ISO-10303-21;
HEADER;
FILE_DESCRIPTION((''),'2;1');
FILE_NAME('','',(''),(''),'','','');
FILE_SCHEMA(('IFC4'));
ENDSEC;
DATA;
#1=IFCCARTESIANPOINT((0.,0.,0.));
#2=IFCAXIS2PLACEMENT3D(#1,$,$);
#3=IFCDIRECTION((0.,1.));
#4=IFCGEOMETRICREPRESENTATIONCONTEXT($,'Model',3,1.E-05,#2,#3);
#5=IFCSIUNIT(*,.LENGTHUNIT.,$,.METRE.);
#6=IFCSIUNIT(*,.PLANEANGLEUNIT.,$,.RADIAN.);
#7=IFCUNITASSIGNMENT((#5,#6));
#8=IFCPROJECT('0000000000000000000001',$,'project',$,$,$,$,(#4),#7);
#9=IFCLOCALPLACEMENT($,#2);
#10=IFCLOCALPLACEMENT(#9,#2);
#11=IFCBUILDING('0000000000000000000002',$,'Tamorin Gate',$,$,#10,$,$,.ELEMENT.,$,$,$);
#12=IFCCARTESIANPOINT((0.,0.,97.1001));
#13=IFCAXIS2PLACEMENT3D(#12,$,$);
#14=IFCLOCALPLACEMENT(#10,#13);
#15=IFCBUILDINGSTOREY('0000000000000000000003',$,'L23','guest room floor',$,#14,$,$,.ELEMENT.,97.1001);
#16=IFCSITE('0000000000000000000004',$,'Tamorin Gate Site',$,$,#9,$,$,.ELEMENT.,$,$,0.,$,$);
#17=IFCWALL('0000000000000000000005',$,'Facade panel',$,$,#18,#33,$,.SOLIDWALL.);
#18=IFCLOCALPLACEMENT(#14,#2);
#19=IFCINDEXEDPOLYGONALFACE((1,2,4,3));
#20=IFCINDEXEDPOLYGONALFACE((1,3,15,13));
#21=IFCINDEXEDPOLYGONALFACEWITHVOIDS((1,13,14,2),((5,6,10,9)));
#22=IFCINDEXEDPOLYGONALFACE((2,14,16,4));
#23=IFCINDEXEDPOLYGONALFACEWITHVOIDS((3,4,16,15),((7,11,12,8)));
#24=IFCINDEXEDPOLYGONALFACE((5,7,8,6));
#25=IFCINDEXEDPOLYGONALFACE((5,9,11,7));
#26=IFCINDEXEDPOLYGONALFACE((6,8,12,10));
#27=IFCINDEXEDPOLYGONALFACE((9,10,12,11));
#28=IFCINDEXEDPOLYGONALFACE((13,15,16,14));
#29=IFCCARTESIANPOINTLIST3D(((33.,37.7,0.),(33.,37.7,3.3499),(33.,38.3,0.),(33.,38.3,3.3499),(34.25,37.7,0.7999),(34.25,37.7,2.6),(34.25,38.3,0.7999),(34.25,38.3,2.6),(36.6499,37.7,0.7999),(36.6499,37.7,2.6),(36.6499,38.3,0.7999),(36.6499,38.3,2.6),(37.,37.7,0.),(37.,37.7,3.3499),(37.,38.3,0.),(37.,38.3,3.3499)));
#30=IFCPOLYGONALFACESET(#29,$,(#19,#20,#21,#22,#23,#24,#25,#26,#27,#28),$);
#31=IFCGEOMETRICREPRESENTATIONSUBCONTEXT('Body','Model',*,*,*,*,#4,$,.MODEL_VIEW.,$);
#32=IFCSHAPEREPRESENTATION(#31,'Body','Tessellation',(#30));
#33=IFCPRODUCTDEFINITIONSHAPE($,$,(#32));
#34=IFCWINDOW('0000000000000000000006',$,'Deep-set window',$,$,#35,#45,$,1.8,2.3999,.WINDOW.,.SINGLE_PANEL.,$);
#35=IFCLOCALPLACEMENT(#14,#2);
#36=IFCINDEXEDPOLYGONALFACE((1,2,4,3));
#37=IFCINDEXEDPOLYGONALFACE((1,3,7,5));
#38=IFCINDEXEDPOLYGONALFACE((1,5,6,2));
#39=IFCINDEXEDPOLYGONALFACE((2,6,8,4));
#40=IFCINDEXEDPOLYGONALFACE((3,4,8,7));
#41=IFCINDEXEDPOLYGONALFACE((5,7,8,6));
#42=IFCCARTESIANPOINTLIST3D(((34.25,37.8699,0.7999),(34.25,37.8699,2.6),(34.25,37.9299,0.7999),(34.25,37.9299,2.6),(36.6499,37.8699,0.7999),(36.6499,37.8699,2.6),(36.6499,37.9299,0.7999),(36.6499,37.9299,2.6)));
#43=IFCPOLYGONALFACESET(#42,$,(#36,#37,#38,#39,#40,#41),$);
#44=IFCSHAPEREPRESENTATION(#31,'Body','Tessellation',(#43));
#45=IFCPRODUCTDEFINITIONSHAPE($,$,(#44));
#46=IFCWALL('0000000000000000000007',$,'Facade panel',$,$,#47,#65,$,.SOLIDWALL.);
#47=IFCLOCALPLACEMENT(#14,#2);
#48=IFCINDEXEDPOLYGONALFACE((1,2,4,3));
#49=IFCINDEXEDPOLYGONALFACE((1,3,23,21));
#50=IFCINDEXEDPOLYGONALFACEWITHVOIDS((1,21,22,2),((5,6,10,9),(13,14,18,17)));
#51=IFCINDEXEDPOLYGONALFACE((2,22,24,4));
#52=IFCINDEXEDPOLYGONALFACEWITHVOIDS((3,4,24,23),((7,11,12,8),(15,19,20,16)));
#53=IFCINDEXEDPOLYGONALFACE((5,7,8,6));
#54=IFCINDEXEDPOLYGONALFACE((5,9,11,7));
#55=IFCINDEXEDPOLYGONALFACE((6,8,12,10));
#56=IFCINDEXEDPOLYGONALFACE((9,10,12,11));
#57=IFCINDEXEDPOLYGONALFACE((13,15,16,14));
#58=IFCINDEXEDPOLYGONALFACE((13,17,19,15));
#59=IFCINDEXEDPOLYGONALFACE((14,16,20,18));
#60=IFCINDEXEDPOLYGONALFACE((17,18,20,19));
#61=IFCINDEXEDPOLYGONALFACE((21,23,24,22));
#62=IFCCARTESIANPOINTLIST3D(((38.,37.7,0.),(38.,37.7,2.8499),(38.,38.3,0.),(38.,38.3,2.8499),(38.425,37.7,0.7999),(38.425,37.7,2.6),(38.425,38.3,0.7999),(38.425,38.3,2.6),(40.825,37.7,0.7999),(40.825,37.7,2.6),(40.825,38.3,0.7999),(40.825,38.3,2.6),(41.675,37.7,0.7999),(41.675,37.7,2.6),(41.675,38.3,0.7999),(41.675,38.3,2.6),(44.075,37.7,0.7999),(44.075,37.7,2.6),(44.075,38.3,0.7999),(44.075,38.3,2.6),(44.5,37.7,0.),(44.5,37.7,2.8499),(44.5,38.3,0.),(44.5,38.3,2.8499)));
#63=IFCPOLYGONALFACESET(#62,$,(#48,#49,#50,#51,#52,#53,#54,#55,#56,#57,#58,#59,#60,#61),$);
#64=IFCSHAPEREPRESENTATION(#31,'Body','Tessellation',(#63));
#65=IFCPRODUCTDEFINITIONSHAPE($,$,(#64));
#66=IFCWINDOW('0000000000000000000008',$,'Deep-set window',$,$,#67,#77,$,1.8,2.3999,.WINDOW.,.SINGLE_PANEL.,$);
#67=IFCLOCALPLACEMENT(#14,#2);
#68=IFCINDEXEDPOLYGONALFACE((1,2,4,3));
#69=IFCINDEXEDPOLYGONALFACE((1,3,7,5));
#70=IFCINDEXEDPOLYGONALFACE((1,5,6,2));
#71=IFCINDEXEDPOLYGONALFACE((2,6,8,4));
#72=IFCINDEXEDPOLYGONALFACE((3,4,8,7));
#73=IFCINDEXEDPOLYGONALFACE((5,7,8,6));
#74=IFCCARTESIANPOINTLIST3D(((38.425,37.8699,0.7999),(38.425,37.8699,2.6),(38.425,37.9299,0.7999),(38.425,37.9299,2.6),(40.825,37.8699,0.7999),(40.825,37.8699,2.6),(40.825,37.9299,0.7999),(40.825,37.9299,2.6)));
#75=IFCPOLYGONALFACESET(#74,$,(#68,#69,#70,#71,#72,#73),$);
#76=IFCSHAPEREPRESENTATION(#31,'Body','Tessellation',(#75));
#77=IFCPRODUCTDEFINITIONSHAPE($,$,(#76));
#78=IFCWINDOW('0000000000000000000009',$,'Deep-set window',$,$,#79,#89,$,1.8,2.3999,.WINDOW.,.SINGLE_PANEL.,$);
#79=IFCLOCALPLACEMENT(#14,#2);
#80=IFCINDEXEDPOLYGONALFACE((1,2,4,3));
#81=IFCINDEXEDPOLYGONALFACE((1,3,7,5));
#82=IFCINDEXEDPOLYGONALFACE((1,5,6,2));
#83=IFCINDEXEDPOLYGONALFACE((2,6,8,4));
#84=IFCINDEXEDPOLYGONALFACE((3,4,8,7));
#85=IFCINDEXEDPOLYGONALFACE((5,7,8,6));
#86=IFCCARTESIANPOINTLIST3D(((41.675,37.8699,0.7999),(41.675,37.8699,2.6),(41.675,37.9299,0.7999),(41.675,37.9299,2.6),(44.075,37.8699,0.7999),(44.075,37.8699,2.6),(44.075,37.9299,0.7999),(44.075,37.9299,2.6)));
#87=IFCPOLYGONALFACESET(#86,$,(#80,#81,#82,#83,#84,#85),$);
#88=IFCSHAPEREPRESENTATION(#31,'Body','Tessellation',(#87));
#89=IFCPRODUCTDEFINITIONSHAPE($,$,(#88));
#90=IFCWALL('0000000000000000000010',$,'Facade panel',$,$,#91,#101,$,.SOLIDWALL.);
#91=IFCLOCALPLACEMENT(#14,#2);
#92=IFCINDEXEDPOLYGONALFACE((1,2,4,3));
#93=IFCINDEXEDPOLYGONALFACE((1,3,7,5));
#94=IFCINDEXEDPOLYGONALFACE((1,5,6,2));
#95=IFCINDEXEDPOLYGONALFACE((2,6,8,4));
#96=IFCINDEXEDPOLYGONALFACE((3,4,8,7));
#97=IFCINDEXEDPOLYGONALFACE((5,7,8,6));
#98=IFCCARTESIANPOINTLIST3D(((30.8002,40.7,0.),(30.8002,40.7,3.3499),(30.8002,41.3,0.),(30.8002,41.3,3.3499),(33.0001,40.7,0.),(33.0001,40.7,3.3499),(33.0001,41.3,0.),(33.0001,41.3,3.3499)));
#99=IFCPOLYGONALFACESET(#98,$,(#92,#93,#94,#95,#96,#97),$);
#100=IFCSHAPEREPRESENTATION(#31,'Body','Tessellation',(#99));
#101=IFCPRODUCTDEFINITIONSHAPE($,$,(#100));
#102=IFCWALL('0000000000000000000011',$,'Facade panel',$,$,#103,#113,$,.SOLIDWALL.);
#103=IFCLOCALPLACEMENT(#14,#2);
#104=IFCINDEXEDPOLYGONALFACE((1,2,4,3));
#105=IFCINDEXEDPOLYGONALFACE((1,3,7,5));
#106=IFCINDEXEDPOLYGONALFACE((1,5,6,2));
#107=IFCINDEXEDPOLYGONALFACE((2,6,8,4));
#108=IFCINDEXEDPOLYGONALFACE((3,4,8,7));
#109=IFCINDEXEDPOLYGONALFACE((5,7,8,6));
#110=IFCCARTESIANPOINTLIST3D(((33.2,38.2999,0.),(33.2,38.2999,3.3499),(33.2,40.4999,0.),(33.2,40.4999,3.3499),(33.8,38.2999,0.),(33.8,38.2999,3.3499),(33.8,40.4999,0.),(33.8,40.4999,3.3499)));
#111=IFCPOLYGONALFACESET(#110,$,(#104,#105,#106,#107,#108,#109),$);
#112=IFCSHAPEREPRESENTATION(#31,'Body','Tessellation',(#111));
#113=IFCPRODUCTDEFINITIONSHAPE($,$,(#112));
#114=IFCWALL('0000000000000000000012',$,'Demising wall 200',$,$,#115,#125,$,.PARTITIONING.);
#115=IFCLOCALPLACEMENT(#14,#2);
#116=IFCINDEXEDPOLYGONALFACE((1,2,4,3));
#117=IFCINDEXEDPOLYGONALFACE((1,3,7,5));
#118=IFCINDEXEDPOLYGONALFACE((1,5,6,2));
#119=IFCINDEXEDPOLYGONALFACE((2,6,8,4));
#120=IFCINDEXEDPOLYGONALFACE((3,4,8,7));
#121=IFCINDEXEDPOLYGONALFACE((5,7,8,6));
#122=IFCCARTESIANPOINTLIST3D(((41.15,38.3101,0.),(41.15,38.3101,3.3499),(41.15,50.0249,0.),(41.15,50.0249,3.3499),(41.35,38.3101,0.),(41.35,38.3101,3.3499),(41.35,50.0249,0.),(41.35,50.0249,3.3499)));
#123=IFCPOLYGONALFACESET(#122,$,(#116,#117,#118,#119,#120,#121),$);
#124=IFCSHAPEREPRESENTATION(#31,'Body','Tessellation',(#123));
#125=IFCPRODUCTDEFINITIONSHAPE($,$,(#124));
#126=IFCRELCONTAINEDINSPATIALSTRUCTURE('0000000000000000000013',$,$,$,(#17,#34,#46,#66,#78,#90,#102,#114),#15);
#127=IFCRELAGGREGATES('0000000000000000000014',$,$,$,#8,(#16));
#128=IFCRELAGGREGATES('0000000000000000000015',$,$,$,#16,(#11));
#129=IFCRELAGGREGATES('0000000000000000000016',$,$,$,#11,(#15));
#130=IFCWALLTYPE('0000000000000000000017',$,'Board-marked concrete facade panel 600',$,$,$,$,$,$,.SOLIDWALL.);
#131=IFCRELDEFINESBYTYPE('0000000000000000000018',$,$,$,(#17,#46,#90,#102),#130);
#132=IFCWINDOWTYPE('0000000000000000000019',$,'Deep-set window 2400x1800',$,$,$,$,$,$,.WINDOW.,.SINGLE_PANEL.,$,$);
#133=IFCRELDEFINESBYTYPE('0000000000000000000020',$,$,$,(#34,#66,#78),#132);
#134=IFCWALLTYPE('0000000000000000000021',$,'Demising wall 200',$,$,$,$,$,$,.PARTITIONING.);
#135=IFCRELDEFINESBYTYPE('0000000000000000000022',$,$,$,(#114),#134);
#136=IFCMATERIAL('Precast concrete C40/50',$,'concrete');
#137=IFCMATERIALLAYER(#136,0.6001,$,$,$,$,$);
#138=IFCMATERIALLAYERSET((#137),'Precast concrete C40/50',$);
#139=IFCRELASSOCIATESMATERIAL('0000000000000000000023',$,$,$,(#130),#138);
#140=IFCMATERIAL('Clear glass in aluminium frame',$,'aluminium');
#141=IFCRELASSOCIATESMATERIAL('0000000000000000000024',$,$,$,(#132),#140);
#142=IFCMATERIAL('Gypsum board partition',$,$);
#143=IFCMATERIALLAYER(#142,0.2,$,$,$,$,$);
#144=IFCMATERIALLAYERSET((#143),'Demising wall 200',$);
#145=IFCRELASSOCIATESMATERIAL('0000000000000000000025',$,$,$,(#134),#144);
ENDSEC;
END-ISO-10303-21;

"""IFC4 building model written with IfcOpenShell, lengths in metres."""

from ifc_helpers import new_model, si_unit, direction, frame, frame_2d, origin, place, context, subcontext, project, spatial, rectangle, extrude, material, layer, layer_set, type_object, element, fill, save


model = new_model("IFC4")

# Units and contexts
model_context = context("Model", 3, precision=1e-05, world=origin(), true_north=direction((0.0, 1.0)))
body_context = subcontext(model_context, "Body", "Model", "MODEL_VIEW")
ifc_project = project(units=[si_unit("LENGTHUNIT", "METRE"), si_unit("PLANEANGLEUNIT", "RADIAN")], contexts=[model_context])

# Site, building, storey
site_placement = place(None, origin())
site = spatial("IfcSite", under=ifc_project, at=site_placement, Name="Tamorin Gate Site", CompositionType="ELEMENT", RefElevation=0.0)
building_placement = place(site_placement, origin())
building = spatial("IfcBuilding", under=site, at=building_placement, Name="Tamorin Gate", CompositionType="ELEMENT")
storey_placement = place(building_placement, frame((0.0, 0.0, 97.1001)))
storey = spatial("IfcBuildingStorey", under=building, at=storey_placement, Name="L23", Description="guest room floor", CompositionType="ELEMENT", Elevation=97.1001)

# Wall, opening, window
ifc_material_1 = material(Name="Precast concrete C40/50", Category="concrete")
ifc_layer_1 = layer(ifc_material_1, 0.6001)
ifc_layer_set_1 = layer_set([ifc_layer_1], Name="Precast concrete C40/50")
wall_type_1 = type_object("IfcWallType", Name="Board-marked concrete facade panel 600", PredefinedType="SOLIDWALL", material=ifc_layer_set_1)
wall_1_placement = place(storey_placement, frame((33.0, 38.0, 0.0), z_axis=(0.0, 0.0, 1.0), x_axis=(1.0, 0.0, 0.0)))
wall_1 = element("IfcWall", 1, at=wall_1_placement, inside=storey, type_object=wall_type_1, Name="Facade panel", PredefinedType="SOLIDWALL", context=body_context, shape_type="SweptSolid", body=[
    extrude(rectangle(XDim=4.0, YDim=0.6001, at=frame_2d((2.0, 0.0))), origin(), (0.0, 0.0, 1.0), 3.3499),
])
opening_1_placement = place(wall_1_placement, frame((1.25, 0.0, 0.8)))
opening_1 = element("IfcOpeningElement", 2, at=opening_1_placement, cuts=wall_1, PredefinedType="OPENING", context=body_context, shape_type="SweptSolid", body=[
    extrude(rectangle(XDim=2.3999, YDim=1.8, at=frame_2d((1.2, 0.8999))), frame((0.0, 0.3101, 0.0), z_axis=(0.0, -1.0, 0.0), x_axis=(1.0, 0.0, 0.0)), (0.0, 0.0, 1.0), 0.6201),
])
ifc_material_2 = material(Name="Clear glass in aluminium frame", Category="aluminium")
window_type = type_object("IfcWindowType", Name="Deep-set window 2400x1800", PartitioningType="SINGLE_PANEL", PredefinedType="WINDOW", material=ifc_material_2)
window_1_placement = place(opening_1_placement, origin())
window_1 = element("IfcWindow", 3, at=window_1_placement, inside=storey, type_object=window_type, Name="Deep-set window", OverallHeight=1.8, OverallWidth=2.3999, PartitioningType="SINGLE_PANEL", PredefinedType="WINDOW", context=body_context, shape_type="SweptSolid", body=[
    extrude(rectangle(XDim=2.3999, YDim=1.8, at=frame_2d((1.2, 0.8999))), frame((0.0, -0.0701, 0.0), z_axis=(0.0, -1.0, 0.0), x_axis=(1.0, 0.0, 0.0)), (0.0, 0.0, 1.0), 0.0601),
])
fill(opening_1, window_1)

# Wall, openings, windows
wall_2_placement = place(storey_placement, frame((38.0, 38.0, 0.0), z_axis=(0.0, 0.0, 1.0), x_axis=(1.0, 0.0, 0.0)))
wall_2 = element("IfcWall", 4, at=wall_2_placement, inside=storey, type_object=wall_type_1, Name="Facade panel", PredefinedType="SOLIDWALL", context=body_context, shape_type="SweptSolid", body=[
    extrude(rectangle(XDim=6.5, YDim=0.6001, at=frame_2d((3.25, 0.0))), origin(), (0.0, 0.0, 1.0), 2.8499),
])
opening_2_placement = place(wall_2_placement, frame((0.425, 0.0, 0.8)))
opening_2 = element("IfcOpeningElement", 5, at=opening_2_placement, cuts=wall_2, PredefinedType="OPENING", context=body_context, shape_type="SweptSolid", body=[
    extrude(rectangle(XDim=2.3999, YDim=1.8, at=frame_2d((1.2, 0.8999))), frame((0.0, 0.3101, 0.0), z_axis=(0.0, -1.0, 0.0), x_axis=(1.0, 0.0, 0.0)), (0.0, 0.0, 1.0), 0.6201),
])
opening_3_placement = place(wall_2_placement, frame((3.675, 0.0, 0.8)))
opening_3 = element("IfcOpeningElement", 6, at=opening_3_placement, cuts=wall_2, PredefinedType="OPENING", context=body_context, shape_type="SweptSolid", body=[
    extrude(rectangle(XDim=2.3999, YDim=1.8, at=frame_2d((1.2, 0.8999))), frame((0.0, 0.3101, 0.0), z_axis=(0.0, -1.0, 0.0), x_axis=(1.0, 0.0, 0.0)), (0.0, 0.0, 1.0), 0.6201),
])
window_2_placement = place(opening_2_placement, origin())
window_2 = element("IfcWindow", 7, at=window_2_placement, inside=storey, type_object=window_type, Name="Deep-set window", OverallHeight=1.8, OverallWidth=2.3999, PartitioningType="SINGLE_PANEL", PredefinedType="WINDOW", context=body_context, shape_type="SweptSolid", body=[
    extrude(rectangle(XDim=2.3999, YDim=1.8, at=frame_2d((1.2, 0.8999))), frame((0.0, -0.0701, 0.0), z_axis=(0.0, -1.0, 0.0), x_axis=(1.0, 0.0, 0.0)), (0.0, 0.0, 1.0), 0.0601),
])
fill(opening_2, window_2)
window_3_placement = place(opening_3_placement, origin())
window_3 = element("IfcWindow", 8, at=window_3_placement, inside=storey, type_object=window_type, Name="Deep-set window", OverallHeight=1.8, OverallWidth=2.3999, PartitioningType="SINGLE_PANEL", PredefinedType="WINDOW", context=body_context, shape_type="SweptSolid", body=[
    extrude(rectangle(XDim=2.3999, YDim=1.8, at=frame_2d((1.2, 0.8999))), frame((0.0, -0.0701, 0.0), z_axis=(0.0, -1.0, 0.0), x_axis=(1.0, 0.0, 0.0)), (0.0, 0.0, 1.0), 0.0601),
])
fill(opening_3, window_3)

# Walls
for number, where, z_axis, x_axis, name in (
    (9, (30.8, 41.0, 0.0), (0.0, 0.0, 1.0), (1.0, 0.0, 0.0), "Facade panel"),
    (10, (33.5, 40.5, 0.0), (0.0, 0.0, 1.0), (0.0, -1.0, 0.0), "Facade panel"),
):
    element("IfcWall", number, at=place(storey_placement, frame(where, z_axis=z_axis, x_axis=x_axis)), inside=storey, type_object=wall_type_1, Name=name, PredefinedType="SOLIDWALL", context=body_context, shape_type="SweptSolid", body=[
        extrude(rectangle(XDim=2.2, YDim=0.6001, at=frame_2d((1.1001, 0.0))), origin(), (0.0, 0.0, 1.0), 3.3499),
    ])
ifc_material_3 = material(Name="Gypsum board partition")
ifc_layer_2 = layer(ifc_material_3, 0.2)
ifc_layer_set_2 = layer_set([ifc_layer_2], Name="Demising wall 200")
wall_type_2 = type_object("IfcWallType", Name="Demising wall 200", PredefinedType="PARTITIONING", material=ifc_layer_set_2)
wall_3_placement = place(storey_placement, frame((41.25, 38.3101, 0.0), z_axis=(0.0, 0.0, 1.0), x_axis=(0.0, 1.0, 0.0)))
element("IfcWall", 11, at=wall_3_placement, inside=storey, type_object=wall_type_2, Name="Demising wall 200", PredefinedType="PARTITIONING", context=body_context, shape_type="SweptSolid", body=[
    extrude(rectangle(XDim=11.7148, YDim=0.2, at=frame_2d((5.8574, 0.0))), origin(), (0.0, 0.0, 1.0), 3.3499),
])

save(model, "model.ifc")
